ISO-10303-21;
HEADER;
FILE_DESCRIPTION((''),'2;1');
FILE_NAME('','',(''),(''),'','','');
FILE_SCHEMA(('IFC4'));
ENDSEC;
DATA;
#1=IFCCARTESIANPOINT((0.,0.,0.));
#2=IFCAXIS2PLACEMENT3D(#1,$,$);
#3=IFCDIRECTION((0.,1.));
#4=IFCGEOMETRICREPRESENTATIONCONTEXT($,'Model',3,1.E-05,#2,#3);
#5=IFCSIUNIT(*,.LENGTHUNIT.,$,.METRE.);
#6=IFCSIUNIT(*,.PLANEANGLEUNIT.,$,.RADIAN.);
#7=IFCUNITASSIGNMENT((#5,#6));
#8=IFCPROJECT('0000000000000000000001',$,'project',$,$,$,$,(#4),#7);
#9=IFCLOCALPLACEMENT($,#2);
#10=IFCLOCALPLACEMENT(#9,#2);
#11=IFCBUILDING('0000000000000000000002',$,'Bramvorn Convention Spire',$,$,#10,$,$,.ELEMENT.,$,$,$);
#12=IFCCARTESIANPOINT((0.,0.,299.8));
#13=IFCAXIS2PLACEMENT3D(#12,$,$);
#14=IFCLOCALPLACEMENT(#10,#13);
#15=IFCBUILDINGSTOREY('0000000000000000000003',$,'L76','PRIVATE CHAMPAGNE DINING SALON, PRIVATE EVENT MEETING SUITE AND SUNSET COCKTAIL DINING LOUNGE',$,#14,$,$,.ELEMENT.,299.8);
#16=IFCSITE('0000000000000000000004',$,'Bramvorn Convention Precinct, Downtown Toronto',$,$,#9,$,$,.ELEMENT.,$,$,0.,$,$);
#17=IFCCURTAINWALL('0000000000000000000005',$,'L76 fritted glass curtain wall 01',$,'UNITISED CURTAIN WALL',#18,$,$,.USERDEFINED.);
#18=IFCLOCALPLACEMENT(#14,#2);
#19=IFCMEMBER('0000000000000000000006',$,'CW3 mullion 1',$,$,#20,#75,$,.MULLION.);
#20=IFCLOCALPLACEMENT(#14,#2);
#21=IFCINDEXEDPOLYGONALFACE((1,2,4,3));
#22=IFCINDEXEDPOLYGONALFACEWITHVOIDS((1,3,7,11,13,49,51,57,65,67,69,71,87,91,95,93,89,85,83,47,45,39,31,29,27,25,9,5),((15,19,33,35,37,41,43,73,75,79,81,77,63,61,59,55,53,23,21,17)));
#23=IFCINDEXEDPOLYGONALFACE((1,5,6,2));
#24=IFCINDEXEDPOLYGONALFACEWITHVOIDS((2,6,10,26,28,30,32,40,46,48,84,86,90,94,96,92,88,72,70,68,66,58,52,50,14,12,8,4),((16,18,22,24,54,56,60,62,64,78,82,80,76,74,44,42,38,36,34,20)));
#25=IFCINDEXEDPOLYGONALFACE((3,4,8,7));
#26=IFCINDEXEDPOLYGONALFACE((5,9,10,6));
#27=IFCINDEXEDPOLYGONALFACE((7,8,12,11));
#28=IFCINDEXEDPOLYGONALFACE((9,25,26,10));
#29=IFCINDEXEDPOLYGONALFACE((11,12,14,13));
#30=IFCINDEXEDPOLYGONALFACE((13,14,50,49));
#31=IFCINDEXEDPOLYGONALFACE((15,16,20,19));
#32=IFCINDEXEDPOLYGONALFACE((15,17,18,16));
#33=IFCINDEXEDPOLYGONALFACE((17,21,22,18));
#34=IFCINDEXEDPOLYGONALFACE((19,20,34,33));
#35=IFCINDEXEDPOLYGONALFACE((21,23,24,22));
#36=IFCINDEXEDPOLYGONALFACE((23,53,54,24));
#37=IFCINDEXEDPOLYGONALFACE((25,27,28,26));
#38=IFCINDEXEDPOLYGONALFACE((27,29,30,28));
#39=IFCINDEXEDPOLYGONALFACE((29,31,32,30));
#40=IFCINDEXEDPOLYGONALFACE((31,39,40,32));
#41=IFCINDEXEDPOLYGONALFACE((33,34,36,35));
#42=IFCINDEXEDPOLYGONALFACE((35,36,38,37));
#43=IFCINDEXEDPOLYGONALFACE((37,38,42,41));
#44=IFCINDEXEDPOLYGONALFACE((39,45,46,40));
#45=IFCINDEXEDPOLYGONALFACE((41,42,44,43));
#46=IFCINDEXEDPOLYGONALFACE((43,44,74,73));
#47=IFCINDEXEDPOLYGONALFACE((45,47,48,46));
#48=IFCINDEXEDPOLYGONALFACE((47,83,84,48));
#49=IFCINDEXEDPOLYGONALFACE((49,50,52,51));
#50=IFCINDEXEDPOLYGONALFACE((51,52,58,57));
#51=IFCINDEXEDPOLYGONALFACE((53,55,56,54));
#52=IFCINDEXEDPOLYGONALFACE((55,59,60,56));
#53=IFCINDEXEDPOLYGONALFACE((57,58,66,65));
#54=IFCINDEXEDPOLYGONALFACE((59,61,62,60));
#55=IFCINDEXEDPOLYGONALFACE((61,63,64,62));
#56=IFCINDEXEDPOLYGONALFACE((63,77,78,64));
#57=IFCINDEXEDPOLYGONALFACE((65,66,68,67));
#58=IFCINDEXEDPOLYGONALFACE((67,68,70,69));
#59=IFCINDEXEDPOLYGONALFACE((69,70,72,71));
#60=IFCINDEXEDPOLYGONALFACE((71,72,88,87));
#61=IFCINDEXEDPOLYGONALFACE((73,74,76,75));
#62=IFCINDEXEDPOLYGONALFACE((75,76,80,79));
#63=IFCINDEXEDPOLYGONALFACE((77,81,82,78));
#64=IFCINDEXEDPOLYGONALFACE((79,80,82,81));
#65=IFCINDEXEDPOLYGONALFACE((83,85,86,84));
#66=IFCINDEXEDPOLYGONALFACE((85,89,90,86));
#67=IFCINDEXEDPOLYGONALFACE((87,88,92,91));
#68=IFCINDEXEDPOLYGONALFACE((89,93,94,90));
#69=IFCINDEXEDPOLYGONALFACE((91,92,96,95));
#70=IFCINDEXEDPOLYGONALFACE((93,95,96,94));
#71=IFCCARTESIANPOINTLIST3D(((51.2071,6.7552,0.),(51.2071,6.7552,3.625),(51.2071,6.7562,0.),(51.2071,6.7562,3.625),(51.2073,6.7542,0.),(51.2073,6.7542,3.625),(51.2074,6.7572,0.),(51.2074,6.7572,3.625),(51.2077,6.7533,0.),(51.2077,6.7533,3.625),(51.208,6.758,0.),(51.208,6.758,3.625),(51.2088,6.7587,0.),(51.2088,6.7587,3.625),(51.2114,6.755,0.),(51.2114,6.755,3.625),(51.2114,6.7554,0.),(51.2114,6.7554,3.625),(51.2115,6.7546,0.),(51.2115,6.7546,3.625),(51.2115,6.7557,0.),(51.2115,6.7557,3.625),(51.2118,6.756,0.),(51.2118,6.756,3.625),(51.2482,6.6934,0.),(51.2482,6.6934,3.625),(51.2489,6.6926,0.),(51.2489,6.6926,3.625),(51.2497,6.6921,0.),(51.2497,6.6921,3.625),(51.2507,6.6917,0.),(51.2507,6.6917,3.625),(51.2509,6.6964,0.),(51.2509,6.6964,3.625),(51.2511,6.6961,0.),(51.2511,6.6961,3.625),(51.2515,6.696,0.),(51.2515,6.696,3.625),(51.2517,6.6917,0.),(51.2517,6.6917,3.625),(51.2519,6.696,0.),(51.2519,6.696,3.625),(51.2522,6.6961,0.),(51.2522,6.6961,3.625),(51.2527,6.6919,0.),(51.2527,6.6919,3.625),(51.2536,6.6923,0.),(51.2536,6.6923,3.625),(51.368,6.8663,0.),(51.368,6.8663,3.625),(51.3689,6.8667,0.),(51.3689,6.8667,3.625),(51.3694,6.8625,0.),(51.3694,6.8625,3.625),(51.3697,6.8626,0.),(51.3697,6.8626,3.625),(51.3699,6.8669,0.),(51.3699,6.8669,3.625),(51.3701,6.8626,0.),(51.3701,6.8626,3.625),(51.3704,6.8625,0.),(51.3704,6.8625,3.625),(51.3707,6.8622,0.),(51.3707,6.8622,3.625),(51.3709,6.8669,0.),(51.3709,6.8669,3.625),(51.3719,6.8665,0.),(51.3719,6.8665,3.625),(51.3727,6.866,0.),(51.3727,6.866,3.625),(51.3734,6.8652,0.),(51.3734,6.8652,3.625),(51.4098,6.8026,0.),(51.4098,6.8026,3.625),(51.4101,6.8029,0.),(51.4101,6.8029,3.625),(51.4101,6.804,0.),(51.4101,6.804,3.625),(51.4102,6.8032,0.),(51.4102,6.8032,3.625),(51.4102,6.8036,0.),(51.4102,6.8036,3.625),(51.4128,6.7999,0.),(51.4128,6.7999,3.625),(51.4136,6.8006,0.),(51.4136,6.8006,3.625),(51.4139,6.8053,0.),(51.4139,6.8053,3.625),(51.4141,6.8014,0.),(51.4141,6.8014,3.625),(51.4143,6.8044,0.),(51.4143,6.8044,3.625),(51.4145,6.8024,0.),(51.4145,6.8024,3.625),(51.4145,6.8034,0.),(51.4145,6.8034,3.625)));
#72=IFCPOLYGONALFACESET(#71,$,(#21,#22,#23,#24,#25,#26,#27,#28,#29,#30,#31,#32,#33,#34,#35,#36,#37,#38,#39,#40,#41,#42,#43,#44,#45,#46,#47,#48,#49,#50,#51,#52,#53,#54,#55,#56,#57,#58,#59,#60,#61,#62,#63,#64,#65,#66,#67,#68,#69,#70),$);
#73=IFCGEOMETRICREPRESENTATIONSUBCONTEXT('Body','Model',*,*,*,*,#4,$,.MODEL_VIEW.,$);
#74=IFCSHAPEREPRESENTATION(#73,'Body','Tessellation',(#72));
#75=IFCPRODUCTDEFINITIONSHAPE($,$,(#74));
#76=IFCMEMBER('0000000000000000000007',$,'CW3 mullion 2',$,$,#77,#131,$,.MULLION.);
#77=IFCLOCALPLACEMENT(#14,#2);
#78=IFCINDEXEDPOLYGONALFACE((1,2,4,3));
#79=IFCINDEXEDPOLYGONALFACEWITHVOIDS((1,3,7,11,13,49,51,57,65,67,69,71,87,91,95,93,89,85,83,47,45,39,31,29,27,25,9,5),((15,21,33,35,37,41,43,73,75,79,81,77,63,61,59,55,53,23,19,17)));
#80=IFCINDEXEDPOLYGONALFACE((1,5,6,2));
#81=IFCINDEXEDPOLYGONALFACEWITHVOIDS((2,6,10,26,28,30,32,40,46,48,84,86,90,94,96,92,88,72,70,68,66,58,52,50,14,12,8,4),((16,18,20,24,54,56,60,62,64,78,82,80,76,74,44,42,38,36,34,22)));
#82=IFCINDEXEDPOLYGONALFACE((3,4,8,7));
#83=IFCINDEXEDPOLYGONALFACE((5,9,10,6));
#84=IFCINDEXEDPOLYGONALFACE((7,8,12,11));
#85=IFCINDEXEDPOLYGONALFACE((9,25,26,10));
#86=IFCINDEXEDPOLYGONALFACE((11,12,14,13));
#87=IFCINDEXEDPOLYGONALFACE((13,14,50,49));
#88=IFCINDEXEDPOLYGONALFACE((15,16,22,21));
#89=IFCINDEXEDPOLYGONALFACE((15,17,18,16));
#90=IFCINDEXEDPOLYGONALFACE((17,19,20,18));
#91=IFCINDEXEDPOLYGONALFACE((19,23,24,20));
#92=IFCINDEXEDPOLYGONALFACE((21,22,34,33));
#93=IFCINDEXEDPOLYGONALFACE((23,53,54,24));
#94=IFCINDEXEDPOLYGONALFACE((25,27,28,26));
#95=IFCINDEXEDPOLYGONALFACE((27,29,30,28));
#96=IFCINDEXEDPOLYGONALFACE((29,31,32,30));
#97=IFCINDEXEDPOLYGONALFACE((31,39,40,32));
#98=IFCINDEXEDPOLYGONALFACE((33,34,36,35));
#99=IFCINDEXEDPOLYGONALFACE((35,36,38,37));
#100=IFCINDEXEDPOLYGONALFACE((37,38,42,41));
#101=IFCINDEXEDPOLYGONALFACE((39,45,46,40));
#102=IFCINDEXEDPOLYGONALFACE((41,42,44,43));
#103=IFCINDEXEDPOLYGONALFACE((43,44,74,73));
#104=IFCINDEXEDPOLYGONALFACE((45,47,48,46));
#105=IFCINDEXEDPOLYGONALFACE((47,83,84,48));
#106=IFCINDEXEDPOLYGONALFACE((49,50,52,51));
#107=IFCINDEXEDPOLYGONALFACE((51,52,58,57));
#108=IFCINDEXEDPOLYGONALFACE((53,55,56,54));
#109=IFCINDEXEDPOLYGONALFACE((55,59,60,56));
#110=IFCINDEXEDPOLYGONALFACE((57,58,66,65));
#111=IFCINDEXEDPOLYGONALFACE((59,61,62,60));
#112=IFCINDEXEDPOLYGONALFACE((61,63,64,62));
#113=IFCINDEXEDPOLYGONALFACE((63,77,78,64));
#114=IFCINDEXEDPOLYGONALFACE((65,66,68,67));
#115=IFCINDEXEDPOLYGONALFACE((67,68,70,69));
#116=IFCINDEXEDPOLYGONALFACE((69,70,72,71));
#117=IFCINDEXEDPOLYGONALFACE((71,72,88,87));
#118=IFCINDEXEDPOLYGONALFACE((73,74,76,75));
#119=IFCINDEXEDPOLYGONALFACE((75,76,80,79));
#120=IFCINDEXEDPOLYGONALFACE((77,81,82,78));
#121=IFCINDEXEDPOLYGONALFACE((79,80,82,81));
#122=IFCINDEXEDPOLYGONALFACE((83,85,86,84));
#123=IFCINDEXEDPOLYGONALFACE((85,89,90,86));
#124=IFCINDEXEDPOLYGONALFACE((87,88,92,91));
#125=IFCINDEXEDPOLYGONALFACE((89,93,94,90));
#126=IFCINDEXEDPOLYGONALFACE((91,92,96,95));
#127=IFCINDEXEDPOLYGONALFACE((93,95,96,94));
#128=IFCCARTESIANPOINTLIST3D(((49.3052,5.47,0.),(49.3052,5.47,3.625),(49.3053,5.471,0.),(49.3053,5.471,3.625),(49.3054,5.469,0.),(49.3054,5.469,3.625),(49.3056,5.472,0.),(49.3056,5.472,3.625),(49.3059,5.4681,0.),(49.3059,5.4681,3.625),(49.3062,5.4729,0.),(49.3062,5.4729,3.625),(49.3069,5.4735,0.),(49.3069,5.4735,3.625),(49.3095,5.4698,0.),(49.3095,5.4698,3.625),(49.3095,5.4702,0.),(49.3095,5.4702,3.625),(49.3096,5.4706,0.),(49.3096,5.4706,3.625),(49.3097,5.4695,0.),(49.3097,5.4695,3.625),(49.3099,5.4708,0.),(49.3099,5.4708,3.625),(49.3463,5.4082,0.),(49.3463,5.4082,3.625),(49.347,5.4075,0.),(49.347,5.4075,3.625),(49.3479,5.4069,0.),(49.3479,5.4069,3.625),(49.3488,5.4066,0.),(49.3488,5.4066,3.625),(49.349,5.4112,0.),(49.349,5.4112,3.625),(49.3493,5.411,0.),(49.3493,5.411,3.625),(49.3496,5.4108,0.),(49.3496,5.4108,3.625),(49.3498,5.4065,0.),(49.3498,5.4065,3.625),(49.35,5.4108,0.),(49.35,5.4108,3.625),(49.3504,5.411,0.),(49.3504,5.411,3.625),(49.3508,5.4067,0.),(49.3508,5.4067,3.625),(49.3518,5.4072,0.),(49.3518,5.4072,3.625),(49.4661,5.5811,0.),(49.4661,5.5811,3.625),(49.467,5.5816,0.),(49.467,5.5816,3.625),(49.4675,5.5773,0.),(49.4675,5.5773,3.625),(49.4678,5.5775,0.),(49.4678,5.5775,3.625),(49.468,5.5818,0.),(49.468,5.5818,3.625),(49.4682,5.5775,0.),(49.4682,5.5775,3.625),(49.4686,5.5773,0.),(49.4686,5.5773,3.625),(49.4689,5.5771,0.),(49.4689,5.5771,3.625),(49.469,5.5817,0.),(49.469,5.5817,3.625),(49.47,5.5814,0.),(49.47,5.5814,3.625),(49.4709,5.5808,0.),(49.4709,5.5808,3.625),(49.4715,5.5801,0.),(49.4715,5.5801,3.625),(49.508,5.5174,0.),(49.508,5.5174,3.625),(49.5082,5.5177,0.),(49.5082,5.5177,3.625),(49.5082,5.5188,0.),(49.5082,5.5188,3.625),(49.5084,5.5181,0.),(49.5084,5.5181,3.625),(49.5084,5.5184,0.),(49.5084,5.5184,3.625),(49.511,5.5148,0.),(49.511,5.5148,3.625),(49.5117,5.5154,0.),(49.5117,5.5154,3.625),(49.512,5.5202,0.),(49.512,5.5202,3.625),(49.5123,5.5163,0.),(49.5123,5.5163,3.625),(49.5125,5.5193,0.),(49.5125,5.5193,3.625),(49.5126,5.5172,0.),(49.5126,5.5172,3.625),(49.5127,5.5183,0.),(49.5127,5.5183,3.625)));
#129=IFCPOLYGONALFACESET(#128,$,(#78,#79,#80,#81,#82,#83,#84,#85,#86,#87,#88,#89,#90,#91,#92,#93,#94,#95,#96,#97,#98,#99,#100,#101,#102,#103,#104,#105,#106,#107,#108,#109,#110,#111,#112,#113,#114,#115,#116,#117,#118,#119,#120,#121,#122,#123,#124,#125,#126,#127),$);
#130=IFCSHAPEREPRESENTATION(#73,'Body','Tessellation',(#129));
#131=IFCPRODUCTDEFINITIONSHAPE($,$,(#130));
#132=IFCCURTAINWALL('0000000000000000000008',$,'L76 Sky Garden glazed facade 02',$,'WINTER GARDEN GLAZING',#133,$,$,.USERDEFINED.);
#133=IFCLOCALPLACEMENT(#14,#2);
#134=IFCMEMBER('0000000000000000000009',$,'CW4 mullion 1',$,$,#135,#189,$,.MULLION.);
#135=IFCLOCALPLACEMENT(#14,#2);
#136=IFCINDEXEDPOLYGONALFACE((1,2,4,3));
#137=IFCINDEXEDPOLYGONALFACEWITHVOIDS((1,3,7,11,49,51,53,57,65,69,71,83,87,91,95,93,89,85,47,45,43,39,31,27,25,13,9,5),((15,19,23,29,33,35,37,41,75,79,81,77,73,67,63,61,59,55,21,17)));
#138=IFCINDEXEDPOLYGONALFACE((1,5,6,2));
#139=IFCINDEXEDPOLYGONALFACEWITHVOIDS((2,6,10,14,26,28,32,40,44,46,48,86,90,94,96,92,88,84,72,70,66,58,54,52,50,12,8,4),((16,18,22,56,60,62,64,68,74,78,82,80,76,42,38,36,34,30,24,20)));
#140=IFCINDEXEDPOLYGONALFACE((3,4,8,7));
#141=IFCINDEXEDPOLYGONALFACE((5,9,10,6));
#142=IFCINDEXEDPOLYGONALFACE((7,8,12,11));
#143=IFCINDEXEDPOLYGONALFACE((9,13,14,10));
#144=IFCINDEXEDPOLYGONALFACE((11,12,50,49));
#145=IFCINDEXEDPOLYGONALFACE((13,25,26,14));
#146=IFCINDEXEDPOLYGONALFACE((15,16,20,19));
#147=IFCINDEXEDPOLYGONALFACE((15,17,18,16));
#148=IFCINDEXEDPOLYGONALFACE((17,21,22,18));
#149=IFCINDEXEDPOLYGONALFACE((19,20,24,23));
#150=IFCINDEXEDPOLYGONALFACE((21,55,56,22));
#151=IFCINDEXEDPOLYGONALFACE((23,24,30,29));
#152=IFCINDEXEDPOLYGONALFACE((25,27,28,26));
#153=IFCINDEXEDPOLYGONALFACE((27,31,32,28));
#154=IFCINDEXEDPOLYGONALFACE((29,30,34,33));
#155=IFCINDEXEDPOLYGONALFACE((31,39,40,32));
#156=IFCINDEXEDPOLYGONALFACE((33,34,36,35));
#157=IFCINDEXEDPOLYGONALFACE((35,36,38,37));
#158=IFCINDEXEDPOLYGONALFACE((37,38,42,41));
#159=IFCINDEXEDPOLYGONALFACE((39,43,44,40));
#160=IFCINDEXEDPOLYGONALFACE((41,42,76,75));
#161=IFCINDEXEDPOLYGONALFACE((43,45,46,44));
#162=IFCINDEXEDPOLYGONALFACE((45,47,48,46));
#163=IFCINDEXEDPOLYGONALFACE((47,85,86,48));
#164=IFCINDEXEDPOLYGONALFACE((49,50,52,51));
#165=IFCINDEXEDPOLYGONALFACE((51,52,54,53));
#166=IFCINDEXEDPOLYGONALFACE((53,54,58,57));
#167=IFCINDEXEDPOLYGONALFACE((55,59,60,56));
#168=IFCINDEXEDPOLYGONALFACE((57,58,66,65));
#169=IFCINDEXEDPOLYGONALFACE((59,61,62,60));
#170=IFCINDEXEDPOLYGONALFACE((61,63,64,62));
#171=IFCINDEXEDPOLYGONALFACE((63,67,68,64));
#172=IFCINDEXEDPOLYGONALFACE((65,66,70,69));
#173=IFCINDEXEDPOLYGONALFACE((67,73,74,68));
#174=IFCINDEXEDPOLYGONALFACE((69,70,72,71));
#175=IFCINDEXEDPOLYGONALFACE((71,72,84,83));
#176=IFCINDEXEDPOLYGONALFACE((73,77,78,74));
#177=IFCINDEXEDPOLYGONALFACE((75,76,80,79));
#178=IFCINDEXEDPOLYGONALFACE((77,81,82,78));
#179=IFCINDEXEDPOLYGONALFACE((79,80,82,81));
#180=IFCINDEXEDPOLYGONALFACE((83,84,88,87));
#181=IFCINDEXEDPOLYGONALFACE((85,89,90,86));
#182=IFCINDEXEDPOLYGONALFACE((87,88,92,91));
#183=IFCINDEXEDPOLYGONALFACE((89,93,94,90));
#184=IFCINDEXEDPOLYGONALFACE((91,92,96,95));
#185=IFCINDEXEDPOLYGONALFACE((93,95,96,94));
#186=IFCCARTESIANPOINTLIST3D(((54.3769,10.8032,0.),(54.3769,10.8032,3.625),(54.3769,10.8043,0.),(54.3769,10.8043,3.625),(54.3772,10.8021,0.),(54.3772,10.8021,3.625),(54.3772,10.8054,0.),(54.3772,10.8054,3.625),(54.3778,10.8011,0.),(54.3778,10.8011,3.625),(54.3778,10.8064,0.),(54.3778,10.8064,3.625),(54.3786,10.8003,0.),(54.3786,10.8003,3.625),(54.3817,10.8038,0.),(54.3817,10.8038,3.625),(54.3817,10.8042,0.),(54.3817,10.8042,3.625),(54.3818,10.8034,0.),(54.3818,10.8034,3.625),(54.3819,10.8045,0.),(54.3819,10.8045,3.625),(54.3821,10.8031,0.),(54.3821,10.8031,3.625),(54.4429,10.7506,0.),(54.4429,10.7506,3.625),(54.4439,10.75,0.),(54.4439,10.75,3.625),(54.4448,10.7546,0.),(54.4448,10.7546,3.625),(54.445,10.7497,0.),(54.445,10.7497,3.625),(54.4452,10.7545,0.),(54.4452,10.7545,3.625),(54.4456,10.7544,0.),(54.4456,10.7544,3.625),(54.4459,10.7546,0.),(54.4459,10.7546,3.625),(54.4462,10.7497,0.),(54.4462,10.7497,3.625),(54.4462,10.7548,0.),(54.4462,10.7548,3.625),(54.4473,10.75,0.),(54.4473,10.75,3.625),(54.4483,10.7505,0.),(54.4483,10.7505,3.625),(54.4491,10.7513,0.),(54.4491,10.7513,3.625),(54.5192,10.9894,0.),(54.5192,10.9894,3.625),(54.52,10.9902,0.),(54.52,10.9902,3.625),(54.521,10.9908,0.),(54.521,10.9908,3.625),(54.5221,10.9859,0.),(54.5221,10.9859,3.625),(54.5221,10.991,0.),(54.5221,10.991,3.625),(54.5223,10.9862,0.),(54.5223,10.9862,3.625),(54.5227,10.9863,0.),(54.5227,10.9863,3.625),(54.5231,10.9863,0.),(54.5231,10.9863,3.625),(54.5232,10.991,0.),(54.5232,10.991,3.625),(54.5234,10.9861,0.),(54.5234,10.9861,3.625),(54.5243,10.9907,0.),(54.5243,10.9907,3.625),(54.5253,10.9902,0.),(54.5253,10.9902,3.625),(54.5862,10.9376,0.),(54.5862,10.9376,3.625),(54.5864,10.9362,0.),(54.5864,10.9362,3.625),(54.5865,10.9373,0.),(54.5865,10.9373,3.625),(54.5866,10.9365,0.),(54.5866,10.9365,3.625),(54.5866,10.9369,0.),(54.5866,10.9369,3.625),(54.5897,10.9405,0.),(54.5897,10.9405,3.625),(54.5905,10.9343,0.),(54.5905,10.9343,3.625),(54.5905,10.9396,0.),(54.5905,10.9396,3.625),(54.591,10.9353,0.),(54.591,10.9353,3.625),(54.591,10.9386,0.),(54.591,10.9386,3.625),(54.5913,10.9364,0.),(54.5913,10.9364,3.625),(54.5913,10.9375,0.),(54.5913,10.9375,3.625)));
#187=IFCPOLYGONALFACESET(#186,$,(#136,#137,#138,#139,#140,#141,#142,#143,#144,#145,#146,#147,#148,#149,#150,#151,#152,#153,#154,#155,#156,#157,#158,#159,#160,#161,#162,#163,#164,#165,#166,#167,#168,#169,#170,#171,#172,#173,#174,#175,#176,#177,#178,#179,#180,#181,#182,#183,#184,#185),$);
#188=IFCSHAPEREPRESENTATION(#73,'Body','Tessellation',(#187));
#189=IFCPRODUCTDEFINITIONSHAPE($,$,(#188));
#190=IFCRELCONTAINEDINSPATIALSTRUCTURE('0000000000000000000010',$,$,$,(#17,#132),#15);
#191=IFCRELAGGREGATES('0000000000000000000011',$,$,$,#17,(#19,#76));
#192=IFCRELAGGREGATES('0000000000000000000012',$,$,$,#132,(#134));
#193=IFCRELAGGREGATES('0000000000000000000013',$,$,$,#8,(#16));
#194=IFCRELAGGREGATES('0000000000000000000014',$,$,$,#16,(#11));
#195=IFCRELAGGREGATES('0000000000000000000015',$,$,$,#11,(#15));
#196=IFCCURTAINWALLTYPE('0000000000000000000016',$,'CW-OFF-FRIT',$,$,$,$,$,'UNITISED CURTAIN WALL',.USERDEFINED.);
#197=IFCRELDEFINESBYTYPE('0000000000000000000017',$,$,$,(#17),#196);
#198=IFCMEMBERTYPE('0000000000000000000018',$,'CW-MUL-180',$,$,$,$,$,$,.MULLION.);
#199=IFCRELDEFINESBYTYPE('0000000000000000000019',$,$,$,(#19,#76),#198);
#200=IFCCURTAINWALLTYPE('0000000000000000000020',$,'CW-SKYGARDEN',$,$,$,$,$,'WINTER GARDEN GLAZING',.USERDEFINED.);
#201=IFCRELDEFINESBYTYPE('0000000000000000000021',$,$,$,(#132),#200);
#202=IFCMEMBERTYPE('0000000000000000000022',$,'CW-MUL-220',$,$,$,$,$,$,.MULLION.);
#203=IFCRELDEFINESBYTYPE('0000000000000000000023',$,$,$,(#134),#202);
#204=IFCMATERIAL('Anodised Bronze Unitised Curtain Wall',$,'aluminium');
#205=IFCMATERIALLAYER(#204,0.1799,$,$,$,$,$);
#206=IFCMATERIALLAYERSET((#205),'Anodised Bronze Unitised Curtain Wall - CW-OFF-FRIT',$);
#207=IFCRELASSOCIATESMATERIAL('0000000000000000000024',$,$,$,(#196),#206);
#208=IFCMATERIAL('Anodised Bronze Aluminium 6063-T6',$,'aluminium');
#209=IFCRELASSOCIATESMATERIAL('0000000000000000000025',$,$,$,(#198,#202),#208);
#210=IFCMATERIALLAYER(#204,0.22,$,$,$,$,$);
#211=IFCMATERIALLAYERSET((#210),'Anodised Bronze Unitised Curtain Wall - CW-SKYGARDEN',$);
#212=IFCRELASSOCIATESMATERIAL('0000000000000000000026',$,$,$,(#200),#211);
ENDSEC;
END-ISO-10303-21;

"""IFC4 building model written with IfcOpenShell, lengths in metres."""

from ifc_helpers import new_model, si_unit, direction, frame, origin, origin_2d, place, context, subcontext, project, spatial, hollow_rectangle, extrude, material, layer, layer_set, material_profile, profile_set, type_object, element, aggregate, save


model = new_model("IFC4")

# Units and contexts
model_context = context("Model", 3, precision=1e-05, world=origin(), true_north=direction((0.0, 1.0)))
body_context = subcontext(model_context, "Body", "Model", "MODEL_VIEW")
ifc_project = project(units=[si_unit("LENGTHUNIT", "METRE"), si_unit("PLANEANGLEUNIT", "RADIAN")], contexts=[model_context])

# Site, building, storey
site_placement = place(None, origin())
site = spatial("IfcSite", under=ifc_project, at=site_placement, Name="Bramvorn Convention Precinct, Downtown Toronto", CompositionType="ELEMENT", RefElevation=0.0)
building_placement = place(site_placement, origin())
building = spatial("IfcBuilding", under=site, at=building_placement, Name="Bramvorn Convention Spire", CompositionType="ELEMENT")
storey_placement = place(building_placement, frame((0.0, 0.0, 299.8)))
storey = spatial("IfcBuildingStorey", under=building, at=storey_placement, Name="L76", Description="PRIVATE CHAMPAGNE DINING SALON, PRIVATE EVENT MEETING SUITE AND SUNSET COCKTAIL DINING LOUNGE", CompositionType="ELEMENT", Elevation=299.8)

# Curtain walls, members
ifc_material_1 = material(Name="Anodised Bronze Unitised Curtain Wall", Category="aluminium")
ifc_layer_1 = layer(ifc_material_1, 0.1799)
ifc_layer_set_1 = layer_set([ifc_layer_1], Name="Anodised Bronze Unitised Curtain Wall - CW-OFF-FRIT")
curtain_wall_type_1 = type_object("IfcCurtainWallType", Name="CW-OFF-FRIT", ElementType="UNITISED CURTAIN WALL", PredefinedType="USERDEFINED", material=ifc_layer_set_1)
curtain_wall_1_placement = place(storey_placement, origin())
curtain_wall_1 = element("IfcCurtainWall", 1, at=curtain_wall_1_placement, inside=storey, type_object=curtain_wall_type_1, Name="L76 fritted glass curtain wall 01", ObjectType="UNITISED CURTAIN WALL", PredefinedType="USERDEFINED")
ifc_material_2 = material(Name="Anodised Bronze Aluminium 6063-T6", Category="aluminium")
ifc_material_profile_1 = material_profile(ifc_material_2, hollow_rectangle(XDim=0.0801, YDim=0.2, WallThickness=0.0039, InnerFilletRadius=0.001, OuterFilletRadius=0.0039, at=origin_2d()))
ifc_profile_set_1 = profile_set([ifc_material_profile_1], Name="Anodised Bronze Aluminium 6063-T6 - CWM80X200")
member_type_1 = type_object("IfcMemberType", Name="CW-MUL-180", PredefinedType="MULLION", material=ifc_profile_set_1)
member_1_placement = place(storey_placement, frame((51.3108, 6.7793, 0.0), z_axis=(0.0, 0.0, 1.0), x_axis=(0.559865, -0.828584, 0.0)))
member_1 = element("IfcMember", 2, at=member_1_placement, type_object=member_type_1, Name="CW3 mullion 1", PredefinedType="MULLION", context=body_context, shape_type="SweptSolid", body=[
    extrude(hollow_rectangle(XDim=0.0801, YDim=0.2, WallThickness=0.0039, InnerFilletRadius=0.001, OuterFilletRadius=0.0039, at=origin_2d()), origin(), (0.0, 0.0, 1.0), 3.625),
])
member_2_placement = place(storey_placement, frame((49.4089, 5.4941, 0.0), z_axis=(0.0, 0.0, 1.0), x_axis=(0.559865, -0.828584, 0.0)))
member_2 = element("IfcMember", 3, at=member_2_placement, type_object=member_type_1, Name="CW3 mullion 2", PredefinedType="MULLION", context=body_context, shape_type="SweptSolid", body=[
    extrude(hollow_rectangle(XDim=0.0801, YDim=0.2, WallThickness=0.0039, InnerFilletRadius=0.001, OuterFilletRadius=0.0039, at=origin_2d()), origin(), (0.0, 0.0, 1.0), 3.625),
])
ifc_layer_2 = layer(ifc_material_1, 0.22)
ifc_layer_set_2 = layer_set([ifc_layer_2], Name="Anodised Bronze Unitised Curtain Wall - CW-SKYGARDEN")
curtain_wall_type_2 = type_object("IfcCurtainWallType", Name="CW-SKYGARDEN", ElementType="WINTER GARDEN GLAZING", PredefinedType="USERDEFINED", material=ifc_layer_set_2)
curtain_wall_2_placement = place(storey_placement, origin())
curtain_wall_2 = element("IfcCurtainWall", 4, at=curtain_wall_2_placement, inside=storey, type_object=curtain_wall_type_2, Name="L76 Sky Garden glazed facade 02", ObjectType="WINTER GARDEN GLAZING", PredefinedType="USERDEFINED")
ifc_material_profile_2 = material_profile(ifc_material_2, hollow_rectangle(XDim=0.0901, YDim=0.24, WallThickness=0.0044, InnerFilletRadius=0.001, OuterFilletRadius=0.0044, at=origin_2d()))
ifc_profile_set_2 = profile_set([ifc_material_profile_2], Name="Anodised Bronze Aluminium 6063-T6 - CWM90X240")
member_type_2 = type_object("IfcMemberType", Name="CW-MUL-220", PredefinedType="MULLION", material=ifc_profile_set_2)
member_3_placement = place(storey_placement, frame((54.4841, 10.8704, 0.0), z_axis=(0.0, 0.0, 1.0), x_axis=(0.791284, -0.611449, 0.0)))
member_3 = element("IfcMember", 5, at=member_3_placement, type_object=member_type_2, Name="CW4 mullion 1", PredefinedType="MULLION", context=body_context, shape_type="SweptSolid", body=[
    extrude(hollow_rectangle(XDim=0.0901, YDim=0.24, WallThickness=0.0044, InnerFilletRadius=0.001, OuterFilletRadius=0.0044, at=origin_2d()), origin(), (0.0, 0.0, 1.0), 3.625),
])

aggregate(curtain_wall_1, [member_1, member_2])
aggregate(curtain_wall_2, [member_3])

save(model, "model.ifc")
